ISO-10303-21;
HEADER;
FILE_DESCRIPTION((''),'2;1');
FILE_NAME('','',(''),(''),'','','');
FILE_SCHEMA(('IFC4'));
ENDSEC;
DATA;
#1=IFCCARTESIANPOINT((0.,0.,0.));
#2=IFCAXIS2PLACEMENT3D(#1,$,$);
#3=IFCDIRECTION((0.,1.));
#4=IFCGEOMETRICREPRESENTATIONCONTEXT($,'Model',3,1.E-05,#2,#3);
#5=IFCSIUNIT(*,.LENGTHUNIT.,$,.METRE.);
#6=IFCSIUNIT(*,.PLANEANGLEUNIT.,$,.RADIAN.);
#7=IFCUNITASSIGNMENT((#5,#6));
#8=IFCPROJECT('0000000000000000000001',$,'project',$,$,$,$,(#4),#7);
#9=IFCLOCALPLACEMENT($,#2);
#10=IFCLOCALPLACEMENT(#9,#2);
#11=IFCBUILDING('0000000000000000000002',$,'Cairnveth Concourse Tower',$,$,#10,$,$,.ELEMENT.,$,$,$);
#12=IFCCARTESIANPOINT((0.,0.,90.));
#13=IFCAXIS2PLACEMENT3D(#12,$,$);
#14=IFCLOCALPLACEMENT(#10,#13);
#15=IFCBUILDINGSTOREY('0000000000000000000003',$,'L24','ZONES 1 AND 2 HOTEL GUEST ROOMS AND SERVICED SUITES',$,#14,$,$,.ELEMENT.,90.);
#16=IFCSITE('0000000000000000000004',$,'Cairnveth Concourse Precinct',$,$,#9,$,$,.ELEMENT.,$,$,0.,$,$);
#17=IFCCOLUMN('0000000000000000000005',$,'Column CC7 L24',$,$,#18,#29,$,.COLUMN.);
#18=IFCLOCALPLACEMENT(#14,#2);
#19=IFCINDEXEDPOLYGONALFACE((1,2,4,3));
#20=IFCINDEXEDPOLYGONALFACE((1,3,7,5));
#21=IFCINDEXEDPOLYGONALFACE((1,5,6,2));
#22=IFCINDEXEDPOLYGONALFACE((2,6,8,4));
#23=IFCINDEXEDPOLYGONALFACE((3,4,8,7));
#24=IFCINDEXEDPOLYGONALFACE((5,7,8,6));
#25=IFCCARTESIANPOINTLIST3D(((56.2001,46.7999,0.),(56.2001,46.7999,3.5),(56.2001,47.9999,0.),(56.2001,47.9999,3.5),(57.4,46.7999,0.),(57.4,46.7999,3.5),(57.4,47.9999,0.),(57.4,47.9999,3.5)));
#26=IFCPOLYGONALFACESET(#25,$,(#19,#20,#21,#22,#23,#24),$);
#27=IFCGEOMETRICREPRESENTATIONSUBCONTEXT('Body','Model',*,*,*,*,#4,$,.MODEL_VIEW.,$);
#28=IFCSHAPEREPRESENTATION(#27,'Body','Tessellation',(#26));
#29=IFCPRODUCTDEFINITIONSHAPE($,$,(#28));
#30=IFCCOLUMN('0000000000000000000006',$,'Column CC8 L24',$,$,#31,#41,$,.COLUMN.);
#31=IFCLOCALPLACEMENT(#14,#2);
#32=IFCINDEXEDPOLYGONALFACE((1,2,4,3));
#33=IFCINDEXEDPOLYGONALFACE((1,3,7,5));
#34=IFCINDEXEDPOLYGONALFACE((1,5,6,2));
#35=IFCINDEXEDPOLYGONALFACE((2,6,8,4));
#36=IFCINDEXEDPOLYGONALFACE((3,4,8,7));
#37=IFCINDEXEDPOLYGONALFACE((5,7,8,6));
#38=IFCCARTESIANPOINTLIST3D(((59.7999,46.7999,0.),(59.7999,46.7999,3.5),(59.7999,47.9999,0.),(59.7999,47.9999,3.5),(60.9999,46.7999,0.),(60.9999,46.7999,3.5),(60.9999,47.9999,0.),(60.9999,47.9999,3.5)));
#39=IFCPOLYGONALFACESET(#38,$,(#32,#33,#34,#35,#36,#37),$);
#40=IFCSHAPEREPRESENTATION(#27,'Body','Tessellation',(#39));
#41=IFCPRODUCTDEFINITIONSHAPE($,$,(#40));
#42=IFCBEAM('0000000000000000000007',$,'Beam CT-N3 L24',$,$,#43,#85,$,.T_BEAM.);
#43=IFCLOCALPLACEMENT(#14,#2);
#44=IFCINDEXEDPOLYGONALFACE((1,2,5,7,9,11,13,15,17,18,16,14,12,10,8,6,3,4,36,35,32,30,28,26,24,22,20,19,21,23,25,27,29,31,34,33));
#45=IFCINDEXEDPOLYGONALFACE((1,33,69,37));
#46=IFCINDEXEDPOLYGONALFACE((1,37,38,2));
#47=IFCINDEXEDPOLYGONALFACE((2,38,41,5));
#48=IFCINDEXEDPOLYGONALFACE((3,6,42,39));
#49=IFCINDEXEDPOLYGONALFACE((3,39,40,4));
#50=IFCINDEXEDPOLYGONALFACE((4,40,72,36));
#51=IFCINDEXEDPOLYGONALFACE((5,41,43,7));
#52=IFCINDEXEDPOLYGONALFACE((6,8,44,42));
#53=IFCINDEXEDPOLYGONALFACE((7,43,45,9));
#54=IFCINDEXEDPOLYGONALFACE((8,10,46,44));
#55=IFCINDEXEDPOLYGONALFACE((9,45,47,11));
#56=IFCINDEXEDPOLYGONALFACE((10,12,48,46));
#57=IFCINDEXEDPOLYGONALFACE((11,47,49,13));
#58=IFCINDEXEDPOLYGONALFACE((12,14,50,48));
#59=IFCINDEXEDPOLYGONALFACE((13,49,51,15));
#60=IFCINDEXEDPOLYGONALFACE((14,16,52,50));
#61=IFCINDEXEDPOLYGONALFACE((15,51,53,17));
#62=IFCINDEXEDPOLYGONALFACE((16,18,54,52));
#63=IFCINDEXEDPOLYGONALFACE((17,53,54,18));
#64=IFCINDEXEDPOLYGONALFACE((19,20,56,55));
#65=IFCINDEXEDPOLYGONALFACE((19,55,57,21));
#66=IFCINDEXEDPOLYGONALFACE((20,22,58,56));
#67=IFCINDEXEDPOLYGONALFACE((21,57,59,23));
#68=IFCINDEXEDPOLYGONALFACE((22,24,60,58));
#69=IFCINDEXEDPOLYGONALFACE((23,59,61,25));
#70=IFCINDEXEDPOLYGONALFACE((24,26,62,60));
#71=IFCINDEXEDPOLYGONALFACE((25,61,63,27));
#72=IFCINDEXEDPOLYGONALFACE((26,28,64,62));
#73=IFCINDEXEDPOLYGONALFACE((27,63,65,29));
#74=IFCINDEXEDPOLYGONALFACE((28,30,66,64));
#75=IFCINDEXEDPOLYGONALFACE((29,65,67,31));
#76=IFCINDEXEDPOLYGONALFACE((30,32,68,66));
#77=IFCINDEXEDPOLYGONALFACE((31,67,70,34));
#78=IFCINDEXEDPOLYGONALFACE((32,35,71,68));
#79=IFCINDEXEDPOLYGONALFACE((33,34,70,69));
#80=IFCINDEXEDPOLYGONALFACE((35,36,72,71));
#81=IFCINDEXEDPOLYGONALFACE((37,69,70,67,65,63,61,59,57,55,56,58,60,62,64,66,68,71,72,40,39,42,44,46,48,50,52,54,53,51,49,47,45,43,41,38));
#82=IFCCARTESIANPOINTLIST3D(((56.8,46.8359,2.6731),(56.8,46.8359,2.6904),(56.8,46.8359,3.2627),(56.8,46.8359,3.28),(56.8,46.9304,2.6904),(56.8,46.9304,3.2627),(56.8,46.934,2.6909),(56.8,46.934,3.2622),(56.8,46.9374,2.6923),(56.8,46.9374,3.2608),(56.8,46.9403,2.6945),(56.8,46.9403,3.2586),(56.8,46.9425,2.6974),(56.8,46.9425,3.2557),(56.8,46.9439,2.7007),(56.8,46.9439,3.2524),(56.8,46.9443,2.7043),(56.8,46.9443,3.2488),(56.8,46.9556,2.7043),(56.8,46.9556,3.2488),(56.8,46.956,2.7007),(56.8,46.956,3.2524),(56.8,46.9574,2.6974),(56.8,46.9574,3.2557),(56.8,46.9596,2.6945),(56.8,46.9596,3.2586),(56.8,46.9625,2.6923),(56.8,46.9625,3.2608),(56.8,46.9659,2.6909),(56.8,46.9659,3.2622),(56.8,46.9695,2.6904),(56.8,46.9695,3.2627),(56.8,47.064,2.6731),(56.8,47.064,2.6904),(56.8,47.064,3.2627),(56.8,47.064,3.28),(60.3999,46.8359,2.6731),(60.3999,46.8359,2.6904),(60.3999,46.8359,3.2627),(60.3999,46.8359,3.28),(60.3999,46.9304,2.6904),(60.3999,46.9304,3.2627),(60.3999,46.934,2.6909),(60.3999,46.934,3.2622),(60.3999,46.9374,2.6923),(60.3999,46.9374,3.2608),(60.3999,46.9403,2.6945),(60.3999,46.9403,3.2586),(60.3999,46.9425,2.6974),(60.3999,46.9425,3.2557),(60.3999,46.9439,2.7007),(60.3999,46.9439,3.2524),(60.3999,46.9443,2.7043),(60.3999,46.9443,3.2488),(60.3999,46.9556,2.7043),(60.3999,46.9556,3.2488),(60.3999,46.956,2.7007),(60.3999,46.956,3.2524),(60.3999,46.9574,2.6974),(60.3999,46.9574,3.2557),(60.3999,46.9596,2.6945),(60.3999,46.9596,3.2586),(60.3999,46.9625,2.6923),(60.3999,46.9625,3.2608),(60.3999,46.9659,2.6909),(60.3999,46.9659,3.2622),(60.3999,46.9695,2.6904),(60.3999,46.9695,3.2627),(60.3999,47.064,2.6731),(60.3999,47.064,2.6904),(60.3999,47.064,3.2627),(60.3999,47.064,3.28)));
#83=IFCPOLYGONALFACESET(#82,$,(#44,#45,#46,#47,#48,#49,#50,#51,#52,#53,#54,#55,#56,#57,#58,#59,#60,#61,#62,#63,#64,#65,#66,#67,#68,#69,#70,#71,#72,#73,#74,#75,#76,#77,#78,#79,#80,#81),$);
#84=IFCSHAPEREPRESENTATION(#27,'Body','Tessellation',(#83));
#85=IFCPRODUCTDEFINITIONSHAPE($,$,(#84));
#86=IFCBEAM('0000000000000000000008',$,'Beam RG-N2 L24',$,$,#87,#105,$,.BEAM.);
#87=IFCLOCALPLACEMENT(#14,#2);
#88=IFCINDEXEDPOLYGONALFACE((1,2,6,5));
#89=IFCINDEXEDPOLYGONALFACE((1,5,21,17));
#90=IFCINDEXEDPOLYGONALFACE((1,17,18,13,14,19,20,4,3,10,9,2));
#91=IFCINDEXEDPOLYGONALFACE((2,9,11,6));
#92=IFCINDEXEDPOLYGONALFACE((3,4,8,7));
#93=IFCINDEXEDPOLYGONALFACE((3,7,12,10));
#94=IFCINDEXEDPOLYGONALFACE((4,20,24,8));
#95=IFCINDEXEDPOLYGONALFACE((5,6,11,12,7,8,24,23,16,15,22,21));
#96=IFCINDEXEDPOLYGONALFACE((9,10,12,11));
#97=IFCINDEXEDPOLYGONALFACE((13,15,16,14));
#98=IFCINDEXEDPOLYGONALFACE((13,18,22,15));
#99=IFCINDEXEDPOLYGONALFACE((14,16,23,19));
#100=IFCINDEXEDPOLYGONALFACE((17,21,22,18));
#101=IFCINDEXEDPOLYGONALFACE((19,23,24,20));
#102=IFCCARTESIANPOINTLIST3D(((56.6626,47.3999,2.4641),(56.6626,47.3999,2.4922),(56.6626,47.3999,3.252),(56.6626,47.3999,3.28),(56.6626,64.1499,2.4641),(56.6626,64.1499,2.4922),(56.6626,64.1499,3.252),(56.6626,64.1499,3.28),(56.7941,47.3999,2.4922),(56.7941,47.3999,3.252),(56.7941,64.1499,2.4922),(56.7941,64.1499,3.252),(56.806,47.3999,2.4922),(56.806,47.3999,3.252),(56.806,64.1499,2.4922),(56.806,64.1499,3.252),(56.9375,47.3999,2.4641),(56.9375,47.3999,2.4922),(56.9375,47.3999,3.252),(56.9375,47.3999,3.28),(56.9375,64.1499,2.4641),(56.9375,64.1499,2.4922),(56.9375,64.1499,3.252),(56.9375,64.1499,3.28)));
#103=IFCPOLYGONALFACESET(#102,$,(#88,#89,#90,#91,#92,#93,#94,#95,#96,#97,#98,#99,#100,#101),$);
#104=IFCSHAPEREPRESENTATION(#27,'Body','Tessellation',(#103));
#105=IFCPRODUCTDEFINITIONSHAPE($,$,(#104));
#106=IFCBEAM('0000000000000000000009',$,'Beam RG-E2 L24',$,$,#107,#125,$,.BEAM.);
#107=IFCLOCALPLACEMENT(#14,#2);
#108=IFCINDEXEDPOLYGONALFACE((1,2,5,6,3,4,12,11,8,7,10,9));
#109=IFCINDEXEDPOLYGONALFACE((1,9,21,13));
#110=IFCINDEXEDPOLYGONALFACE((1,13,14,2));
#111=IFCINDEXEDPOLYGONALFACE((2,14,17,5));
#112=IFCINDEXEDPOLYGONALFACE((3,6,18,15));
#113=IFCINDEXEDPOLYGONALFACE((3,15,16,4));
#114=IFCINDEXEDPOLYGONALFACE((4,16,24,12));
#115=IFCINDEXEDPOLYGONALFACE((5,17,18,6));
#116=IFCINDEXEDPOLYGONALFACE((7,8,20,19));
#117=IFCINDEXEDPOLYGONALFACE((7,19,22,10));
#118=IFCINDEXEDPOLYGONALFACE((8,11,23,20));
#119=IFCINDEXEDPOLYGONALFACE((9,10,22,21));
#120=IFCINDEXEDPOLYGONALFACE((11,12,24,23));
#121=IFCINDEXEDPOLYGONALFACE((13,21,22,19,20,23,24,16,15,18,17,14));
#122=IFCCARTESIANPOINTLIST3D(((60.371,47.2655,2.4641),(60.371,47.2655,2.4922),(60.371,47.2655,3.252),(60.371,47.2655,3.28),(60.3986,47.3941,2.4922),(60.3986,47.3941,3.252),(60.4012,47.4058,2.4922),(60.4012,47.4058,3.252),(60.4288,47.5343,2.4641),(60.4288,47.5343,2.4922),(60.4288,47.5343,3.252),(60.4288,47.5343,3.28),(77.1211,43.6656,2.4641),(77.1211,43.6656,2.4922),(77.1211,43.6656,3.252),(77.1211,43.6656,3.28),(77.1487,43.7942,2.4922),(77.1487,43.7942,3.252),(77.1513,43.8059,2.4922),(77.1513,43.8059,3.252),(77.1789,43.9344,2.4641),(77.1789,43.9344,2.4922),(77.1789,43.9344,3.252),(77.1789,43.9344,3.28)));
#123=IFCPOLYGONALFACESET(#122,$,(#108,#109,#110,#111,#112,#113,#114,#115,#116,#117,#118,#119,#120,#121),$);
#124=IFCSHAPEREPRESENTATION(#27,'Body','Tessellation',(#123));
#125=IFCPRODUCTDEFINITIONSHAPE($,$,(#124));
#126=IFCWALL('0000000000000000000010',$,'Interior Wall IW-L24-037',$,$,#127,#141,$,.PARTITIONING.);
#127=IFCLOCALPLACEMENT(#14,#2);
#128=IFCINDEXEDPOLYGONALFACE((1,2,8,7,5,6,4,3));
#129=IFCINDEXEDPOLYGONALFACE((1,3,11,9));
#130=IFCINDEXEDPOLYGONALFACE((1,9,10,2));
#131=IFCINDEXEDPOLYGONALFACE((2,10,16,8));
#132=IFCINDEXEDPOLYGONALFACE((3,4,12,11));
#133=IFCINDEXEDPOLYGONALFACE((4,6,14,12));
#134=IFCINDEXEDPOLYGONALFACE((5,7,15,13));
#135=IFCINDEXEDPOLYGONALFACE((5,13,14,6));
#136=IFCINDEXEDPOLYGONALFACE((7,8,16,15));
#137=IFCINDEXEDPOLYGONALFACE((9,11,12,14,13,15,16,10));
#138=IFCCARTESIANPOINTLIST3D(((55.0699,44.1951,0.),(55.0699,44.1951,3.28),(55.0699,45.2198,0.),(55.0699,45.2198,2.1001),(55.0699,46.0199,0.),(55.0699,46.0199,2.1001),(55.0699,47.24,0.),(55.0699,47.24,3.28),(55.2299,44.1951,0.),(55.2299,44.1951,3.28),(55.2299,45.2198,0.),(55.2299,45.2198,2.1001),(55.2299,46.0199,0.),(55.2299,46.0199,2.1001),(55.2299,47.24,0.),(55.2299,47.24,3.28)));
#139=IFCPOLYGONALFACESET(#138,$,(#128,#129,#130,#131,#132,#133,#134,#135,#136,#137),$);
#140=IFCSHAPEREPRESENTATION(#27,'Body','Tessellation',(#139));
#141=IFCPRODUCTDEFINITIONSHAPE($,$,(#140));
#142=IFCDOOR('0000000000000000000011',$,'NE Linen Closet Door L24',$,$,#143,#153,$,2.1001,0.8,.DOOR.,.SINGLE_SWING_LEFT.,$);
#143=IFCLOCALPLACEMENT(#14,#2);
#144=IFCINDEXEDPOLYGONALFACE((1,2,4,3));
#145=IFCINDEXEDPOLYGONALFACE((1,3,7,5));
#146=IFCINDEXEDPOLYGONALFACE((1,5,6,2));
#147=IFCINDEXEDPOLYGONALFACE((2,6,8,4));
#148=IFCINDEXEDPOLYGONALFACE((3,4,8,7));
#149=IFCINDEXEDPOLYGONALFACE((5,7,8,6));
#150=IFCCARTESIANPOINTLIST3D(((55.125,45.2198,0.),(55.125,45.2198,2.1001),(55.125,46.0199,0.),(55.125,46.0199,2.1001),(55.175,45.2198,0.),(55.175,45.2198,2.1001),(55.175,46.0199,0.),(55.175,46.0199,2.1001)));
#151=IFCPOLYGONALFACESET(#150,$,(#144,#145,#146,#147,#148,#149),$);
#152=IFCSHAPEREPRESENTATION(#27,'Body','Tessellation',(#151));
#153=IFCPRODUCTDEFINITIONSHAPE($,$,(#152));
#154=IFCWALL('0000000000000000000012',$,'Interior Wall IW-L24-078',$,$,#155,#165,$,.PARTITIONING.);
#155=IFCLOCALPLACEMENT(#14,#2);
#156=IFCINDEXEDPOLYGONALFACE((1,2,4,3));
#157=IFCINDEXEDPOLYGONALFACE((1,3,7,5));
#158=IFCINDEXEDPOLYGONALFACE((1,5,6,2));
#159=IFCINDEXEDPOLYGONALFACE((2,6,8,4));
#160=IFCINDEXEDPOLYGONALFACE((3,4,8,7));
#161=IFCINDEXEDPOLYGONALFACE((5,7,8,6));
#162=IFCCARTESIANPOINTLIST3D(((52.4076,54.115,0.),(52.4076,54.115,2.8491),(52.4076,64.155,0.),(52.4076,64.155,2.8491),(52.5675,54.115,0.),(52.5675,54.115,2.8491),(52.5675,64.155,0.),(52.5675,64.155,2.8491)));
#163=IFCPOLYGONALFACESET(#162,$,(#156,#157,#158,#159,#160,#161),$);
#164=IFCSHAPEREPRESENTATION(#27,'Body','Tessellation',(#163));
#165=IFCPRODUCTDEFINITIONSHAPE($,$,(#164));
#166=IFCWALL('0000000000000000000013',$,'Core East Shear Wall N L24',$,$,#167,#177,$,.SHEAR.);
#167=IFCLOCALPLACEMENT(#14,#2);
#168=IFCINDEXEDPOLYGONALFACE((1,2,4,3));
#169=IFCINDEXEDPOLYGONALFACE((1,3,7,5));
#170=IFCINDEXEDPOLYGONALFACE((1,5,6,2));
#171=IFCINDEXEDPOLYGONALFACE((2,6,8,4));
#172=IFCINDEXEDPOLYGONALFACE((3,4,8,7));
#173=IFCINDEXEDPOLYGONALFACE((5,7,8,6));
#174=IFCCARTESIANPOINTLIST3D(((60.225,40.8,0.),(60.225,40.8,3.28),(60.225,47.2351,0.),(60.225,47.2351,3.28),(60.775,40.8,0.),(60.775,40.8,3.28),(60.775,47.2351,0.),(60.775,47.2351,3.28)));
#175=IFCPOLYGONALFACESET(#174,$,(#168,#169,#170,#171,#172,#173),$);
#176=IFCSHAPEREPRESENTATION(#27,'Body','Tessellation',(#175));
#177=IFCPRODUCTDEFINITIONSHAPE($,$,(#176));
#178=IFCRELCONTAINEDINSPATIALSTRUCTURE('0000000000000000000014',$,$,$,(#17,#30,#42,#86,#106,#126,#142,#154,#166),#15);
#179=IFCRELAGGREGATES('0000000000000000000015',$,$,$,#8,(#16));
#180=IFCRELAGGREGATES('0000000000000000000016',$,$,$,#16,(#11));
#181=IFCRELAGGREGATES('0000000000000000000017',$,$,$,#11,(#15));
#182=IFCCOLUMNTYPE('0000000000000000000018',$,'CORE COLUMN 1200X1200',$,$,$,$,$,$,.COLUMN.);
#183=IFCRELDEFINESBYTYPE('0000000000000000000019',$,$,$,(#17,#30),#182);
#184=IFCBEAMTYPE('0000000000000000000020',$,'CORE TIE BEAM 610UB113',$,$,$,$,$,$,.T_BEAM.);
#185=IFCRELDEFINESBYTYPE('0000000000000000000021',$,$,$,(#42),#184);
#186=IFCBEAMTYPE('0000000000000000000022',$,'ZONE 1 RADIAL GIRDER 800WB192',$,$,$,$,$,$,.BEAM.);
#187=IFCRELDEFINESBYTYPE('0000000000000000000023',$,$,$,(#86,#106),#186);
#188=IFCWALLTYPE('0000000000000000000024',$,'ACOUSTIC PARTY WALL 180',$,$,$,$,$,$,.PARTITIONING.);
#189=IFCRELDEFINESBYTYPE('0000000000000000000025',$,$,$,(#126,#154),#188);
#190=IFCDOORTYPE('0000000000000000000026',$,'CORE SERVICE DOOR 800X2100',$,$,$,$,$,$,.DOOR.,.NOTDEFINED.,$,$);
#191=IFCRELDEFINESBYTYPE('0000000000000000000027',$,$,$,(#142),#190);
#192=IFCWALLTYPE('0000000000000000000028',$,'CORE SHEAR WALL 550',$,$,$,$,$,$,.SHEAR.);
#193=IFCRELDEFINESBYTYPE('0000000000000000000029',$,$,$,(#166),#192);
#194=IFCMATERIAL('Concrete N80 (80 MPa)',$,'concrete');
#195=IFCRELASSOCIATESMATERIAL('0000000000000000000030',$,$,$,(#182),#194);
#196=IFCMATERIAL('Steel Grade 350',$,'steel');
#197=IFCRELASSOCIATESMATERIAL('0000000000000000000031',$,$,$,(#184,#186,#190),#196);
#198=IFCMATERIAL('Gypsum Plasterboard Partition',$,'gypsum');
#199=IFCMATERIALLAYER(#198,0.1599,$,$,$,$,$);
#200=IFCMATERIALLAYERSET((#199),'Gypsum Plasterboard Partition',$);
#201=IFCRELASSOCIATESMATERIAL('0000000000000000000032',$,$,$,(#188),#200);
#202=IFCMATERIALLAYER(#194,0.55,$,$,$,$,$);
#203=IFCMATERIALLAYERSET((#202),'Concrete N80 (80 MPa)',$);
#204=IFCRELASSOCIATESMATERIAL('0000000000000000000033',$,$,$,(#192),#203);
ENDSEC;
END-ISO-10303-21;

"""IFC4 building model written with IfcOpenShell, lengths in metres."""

from ifc_helpers import new_model, si_unit, direction, frame, frame_2d, origin, origin_2d, place, context, subcontext, project, spatial, rectangle, i_section, extrude, material, layer, layer_set, material_profile, profile_set, type_object, element, fill, save


model = new_model("IFC4")

# Units and contexts
model_context = context("Model", 3, precision=1e-05, world=origin(), true_north=direction((0.0, 1.0)))
body_context = subcontext(model_context, "Body", "Model", "MODEL_VIEW")
ifc_project = project(units=[si_unit("LENGTHUNIT", "METRE"), si_unit("PLANEANGLEUNIT", "RADIAN")], contexts=[model_context])

# Site, building, storey
site_placement = place(None, origin())
site = spatial("IfcSite", under=ifc_project, at=site_placement, Name="Cairnveth Concourse Precinct", CompositionType="ELEMENT", RefElevation=0.0)
building_placement = place(site_placement, origin())
building = spatial("IfcBuilding", under=site, at=building_placement, Name="Cairnveth Concourse Tower", CompositionType="ELEMENT")
storey_placement = place(building_placement, frame((0.0, 0.0, 90.0)))
storey = spatial("IfcBuildingStorey", under=building, at=storey_placement, Name="L24", Description="ZONES 1 AND 2 HOTEL GUEST ROOMS AND SERVICED SUITES", CompositionType="ELEMENT", Elevation=90.0)

# Columns
ifc_material_1 = material(Name="Concrete N80 (80 MPa)", Category="concrete")
ifc_material_profile_1 = material_profile(ifc_material_1, rectangle(XDim=1.2, YDim=1.2, at=origin_2d()), Name="RC-COL-1200x1200")
ifc_profile_set_1 = profile_set([ifc_material_profile_1], Name="Concrete N80 (80 MPa)")
column_type = type_object("IfcColumnType", Name="CORE COLUMN 1200X1200", PredefinedType="COLUMN", material=ifc_profile_set_1)
for number, where, z_axis, x_axis, name in (
    (1, (56.8, 47.3999, 0.0), (0.0, 0.0, 1.0), (1.0, 0.0, 0.0), "Column CC7 L24"),
    (2, (60.3999, 47.3999, 0.0), (0.0, 0.0, 1.0), (1.0, 0.0, 0.0), "Column CC8 L24"),
):
    element("IfcColumn", number, at=place(storey_placement, frame(where, z_axis=z_axis, x_axis=x_axis)), inside=storey, type_object=column_type, Name=name, PredefinedType="COLUMN", context=body_context, shape_type="SweptSolid", body=[
        extrude(rectangle(XDim=1.2, YDim=1.2, at=origin_2d()), origin(), (0.0, 0.0, 1.0), 3.5),
    ])

# Beams
ifc_material_2 = material(Name="Steel Grade 350", Category="steel")
ifc_material_profile_2 = material_profile(ifc_material_2, i_section(OverallWidth=0.228, OverallDepth=0.6069, WebThickness=0.0112, FlangeThickness=0.0173, FilletRadius=0.0139, at=origin_2d()), Name="610UB113")
ifc_profile_set_2 = profile_set([ifc_material_profile_2], Name="Steel Grade 350")
beam_type_1 = type_object("IfcBeamType", Name="CORE TIE BEAM 610UB113", PredefinedType="T_BEAM", material=ifc_profile_set_2)
beam_1_placement = place(storey_placement, frame((56.8, 46.95, 2.9766), z_axis=(1.0, 0.0, 0.0), x_axis=(0.0, 1.0, 0.0)))
element("IfcBeam", 3, at=beam_1_placement, inside=storey, type_object=beam_type_1, Name="Beam CT-N3 L24", PredefinedType="T_BEAM", context=body_context, shape_type="SweptSolid", body=[
    extrude(i_section(OverallWidth=0.228, OverallDepth=0.6069, WebThickness=0.0112, FlangeThickness=0.0173, FilletRadius=0.0139, at=origin_2d()), origin(), (0.0, 0.0, 1.0), 3.5999),
])
ifc_material_profile_3 = material_profile(ifc_material_2, i_section(OverallWidth=0.2749, OverallDepth=0.8159, WebThickness=0.012, FlangeThickness=0.0281, at=origin_2d()), Name="800WB192")
ifc_profile_set_3 = profile_set([ifc_material_profile_3], Name="Steel Grade 350")
beam_type_2 = type_object("IfcBeamType", Name="ZONE 1 RADIAL GIRDER 800WB192", PredefinedType="BEAM", material=ifc_profile_set_3)
beam_2_placement = place(storey_placement, frame((56.8, 47.3999, 2.8721), z_axis=(0.0, 1.0, 0.0), x_axis=(-1.0, 0.0, 0.0)))
element("IfcBeam", 4, at=beam_2_placement, inside=storey, type_object=beam_type_2, Name="Beam RG-N2 L24", PredefinedType="BEAM", context=body_context, shape_type="SweptSolid", body=[
    extrude(i_section(OverallWidth=0.2749, OverallDepth=0.8159, WebThickness=0.012, FlangeThickness=0.0281, at=origin_2d()), origin(), (0.0, 0.0, 1.0), 16.75),
])
beam_3_placement = place(storey_placement, frame((60.3999, 47.3999, 2.8721), z_axis=(0.977676, -0.210119, 0.0), x_axis=(0.210119, 0.977676, 0.0)))
element("IfcBeam", 5, at=beam_3_placement, inside=storey, type_object=beam_type_2, Name="Beam RG-E2 L24", PredefinedType="BEAM", context=body_context, shape_type="SweptSolid", body=[
    extrude(i_section(OverallWidth=0.2749, OverallDepth=0.8159, WebThickness=0.012, FlangeThickness=0.0281, at=origin_2d()), origin(), (0.0, 0.0, 1.0), 17.1326),
])

# Wall, opening, door
ifc_material_3 = material(Name="Gypsum Plasterboard Partition", Category="gypsum")
ifc_layer_1 = layer(ifc_material_3, 0.1599)
ifc_layer_set_1 = layer_set([ifc_layer_1], Name="Gypsum Plasterboard Partition")
wall_type_1 = type_object("IfcWallType", Name="ACOUSTIC PARTY WALL 180", PredefinedType="PARTITIONING", material=ifc_layer_set_1)
wall_1_placement = place(storey_placement, frame((55.1499, 44.1951, 0.0), z_axis=(0.0, 0.0, 1.0), x_axis=(0.0, 1.0, 0.0)))
wall_1 = element("IfcWall", 6, at=wall_1_placement, inside=storey, type_object=wall_type_1, Name="Interior Wall IW-L24-037", PredefinedType="PARTITIONING", context=body_context, shape_type="SweptSolid", body=[
    extrude(rectangle(XDim=3.0449, YDim=0.1599, at=frame_2d((1.5225, 0.0))), origin(), (0.0, 0.0, 1.0), 3.28),
])
opening_1_placement = place(wall_1_placement, frame((1.0249, 0.0, 0.0)))
opening_1 = element("IfcOpeningElement", 7, at=opening_1_placement, cuts=wall_1, PredefinedType="OPENING", context=body_context, shape_type="SweptSolid", body=[
    extrude(rectangle(XDim=0.8, YDim=2.1001, at=frame_2d((0.3999, 1.05))), frame((0.0, 0.0898, 0.0), z_axis=(0.0, -1.0, 0.0), x_axis=(1.0, 0.0, 0.0)), (0.0, 0.0, 1.0), 0.1799),
])
door_type_1 = type_object("IfcDoorType", Name="CORE SERVICE DOOR 800X2100", OperationType="NOTDEFINED", PredefinedType="DOOR", material=ifc_material_2)
door_1_placement = place(opening_1_placement, origin())
door_1 = element("IfcDoor", 8, at=door_1_placement, inside=storey, type_object=door_type_1, Name="NE Linen Closet Door L24", OperationType="SINGLE_SWING_LEFT", OverallHeight=2.1001, OverallWidth=0.8, PredefinedType="DOOR", context=body_context, shape_type="SweptSolid", body=[
    extrude(rectangle(XDim=0.8, YDim=2.1001, at=frame_2d((0.3999, 1.05))), frame((0.0, 0.0249, 0.0), z_axis=(0.0, -1.0, 0.0), x_axis=(1.0, 0.0, 0.0)), (0.0, 0.0, 1.0), 0.05),
])
fill(opening_1, door_1)

# Walls
wall_2_placement = place(storey_placement, frame((52.4875, 54.115, 0.0), z_axis=(0.0, 0.0, 1.0), x_axis=(0.0, 1.0, 0.0)))
element("IfcWall", 9, at=wall_2_placement, inside=storey, type_object=wall_type_1, Name="Interior Wall IW-L24-078", PredefinedType="PARTITIONING", context=body_context, shape_type="SweptSolid", body=[
    extrude(rectangle(XDim=10.04, YDim=0.1599, at=frame_2d((5.02, 0.0))), origin(), (0.0, 0.0, 1.0), 2.8491),
])
ifc_layer_2 = layer(ifc_material_1, 0.55)
ifc_layer_set_2 = layer_set([ifc_layer_2], Name="Concrete N80 (80 MPa)")
wall_type_2 = type_object("IfcWallType", Name="CORE SHEAR WALL 550", PredefinedType="SHEAR", material=ifc_layer_set_2)
wall_3_placement = place(storey_placement, frame((60.5, 40.8, 0.0), z_axis=(0.0, 0.0, 1.0), x_axis=(0.0, 1.0, 0.0)))
element("IfcWall", 10, at=wall_3_placement, inside=storey, type_object=wall_type_2, Name="Core East Shear Wall N L24", PredefinedType="SHEAR", context=body_context, shape_type="SweptSolid", body=[
    extrude(rectangle(XDim=6.4351, YDim=0.55, at=frame_2d((3.2175, 0.0))), origin(), (0.0, 0.0, 1.0), 3.28),
])

save(model, "model.ifc")
